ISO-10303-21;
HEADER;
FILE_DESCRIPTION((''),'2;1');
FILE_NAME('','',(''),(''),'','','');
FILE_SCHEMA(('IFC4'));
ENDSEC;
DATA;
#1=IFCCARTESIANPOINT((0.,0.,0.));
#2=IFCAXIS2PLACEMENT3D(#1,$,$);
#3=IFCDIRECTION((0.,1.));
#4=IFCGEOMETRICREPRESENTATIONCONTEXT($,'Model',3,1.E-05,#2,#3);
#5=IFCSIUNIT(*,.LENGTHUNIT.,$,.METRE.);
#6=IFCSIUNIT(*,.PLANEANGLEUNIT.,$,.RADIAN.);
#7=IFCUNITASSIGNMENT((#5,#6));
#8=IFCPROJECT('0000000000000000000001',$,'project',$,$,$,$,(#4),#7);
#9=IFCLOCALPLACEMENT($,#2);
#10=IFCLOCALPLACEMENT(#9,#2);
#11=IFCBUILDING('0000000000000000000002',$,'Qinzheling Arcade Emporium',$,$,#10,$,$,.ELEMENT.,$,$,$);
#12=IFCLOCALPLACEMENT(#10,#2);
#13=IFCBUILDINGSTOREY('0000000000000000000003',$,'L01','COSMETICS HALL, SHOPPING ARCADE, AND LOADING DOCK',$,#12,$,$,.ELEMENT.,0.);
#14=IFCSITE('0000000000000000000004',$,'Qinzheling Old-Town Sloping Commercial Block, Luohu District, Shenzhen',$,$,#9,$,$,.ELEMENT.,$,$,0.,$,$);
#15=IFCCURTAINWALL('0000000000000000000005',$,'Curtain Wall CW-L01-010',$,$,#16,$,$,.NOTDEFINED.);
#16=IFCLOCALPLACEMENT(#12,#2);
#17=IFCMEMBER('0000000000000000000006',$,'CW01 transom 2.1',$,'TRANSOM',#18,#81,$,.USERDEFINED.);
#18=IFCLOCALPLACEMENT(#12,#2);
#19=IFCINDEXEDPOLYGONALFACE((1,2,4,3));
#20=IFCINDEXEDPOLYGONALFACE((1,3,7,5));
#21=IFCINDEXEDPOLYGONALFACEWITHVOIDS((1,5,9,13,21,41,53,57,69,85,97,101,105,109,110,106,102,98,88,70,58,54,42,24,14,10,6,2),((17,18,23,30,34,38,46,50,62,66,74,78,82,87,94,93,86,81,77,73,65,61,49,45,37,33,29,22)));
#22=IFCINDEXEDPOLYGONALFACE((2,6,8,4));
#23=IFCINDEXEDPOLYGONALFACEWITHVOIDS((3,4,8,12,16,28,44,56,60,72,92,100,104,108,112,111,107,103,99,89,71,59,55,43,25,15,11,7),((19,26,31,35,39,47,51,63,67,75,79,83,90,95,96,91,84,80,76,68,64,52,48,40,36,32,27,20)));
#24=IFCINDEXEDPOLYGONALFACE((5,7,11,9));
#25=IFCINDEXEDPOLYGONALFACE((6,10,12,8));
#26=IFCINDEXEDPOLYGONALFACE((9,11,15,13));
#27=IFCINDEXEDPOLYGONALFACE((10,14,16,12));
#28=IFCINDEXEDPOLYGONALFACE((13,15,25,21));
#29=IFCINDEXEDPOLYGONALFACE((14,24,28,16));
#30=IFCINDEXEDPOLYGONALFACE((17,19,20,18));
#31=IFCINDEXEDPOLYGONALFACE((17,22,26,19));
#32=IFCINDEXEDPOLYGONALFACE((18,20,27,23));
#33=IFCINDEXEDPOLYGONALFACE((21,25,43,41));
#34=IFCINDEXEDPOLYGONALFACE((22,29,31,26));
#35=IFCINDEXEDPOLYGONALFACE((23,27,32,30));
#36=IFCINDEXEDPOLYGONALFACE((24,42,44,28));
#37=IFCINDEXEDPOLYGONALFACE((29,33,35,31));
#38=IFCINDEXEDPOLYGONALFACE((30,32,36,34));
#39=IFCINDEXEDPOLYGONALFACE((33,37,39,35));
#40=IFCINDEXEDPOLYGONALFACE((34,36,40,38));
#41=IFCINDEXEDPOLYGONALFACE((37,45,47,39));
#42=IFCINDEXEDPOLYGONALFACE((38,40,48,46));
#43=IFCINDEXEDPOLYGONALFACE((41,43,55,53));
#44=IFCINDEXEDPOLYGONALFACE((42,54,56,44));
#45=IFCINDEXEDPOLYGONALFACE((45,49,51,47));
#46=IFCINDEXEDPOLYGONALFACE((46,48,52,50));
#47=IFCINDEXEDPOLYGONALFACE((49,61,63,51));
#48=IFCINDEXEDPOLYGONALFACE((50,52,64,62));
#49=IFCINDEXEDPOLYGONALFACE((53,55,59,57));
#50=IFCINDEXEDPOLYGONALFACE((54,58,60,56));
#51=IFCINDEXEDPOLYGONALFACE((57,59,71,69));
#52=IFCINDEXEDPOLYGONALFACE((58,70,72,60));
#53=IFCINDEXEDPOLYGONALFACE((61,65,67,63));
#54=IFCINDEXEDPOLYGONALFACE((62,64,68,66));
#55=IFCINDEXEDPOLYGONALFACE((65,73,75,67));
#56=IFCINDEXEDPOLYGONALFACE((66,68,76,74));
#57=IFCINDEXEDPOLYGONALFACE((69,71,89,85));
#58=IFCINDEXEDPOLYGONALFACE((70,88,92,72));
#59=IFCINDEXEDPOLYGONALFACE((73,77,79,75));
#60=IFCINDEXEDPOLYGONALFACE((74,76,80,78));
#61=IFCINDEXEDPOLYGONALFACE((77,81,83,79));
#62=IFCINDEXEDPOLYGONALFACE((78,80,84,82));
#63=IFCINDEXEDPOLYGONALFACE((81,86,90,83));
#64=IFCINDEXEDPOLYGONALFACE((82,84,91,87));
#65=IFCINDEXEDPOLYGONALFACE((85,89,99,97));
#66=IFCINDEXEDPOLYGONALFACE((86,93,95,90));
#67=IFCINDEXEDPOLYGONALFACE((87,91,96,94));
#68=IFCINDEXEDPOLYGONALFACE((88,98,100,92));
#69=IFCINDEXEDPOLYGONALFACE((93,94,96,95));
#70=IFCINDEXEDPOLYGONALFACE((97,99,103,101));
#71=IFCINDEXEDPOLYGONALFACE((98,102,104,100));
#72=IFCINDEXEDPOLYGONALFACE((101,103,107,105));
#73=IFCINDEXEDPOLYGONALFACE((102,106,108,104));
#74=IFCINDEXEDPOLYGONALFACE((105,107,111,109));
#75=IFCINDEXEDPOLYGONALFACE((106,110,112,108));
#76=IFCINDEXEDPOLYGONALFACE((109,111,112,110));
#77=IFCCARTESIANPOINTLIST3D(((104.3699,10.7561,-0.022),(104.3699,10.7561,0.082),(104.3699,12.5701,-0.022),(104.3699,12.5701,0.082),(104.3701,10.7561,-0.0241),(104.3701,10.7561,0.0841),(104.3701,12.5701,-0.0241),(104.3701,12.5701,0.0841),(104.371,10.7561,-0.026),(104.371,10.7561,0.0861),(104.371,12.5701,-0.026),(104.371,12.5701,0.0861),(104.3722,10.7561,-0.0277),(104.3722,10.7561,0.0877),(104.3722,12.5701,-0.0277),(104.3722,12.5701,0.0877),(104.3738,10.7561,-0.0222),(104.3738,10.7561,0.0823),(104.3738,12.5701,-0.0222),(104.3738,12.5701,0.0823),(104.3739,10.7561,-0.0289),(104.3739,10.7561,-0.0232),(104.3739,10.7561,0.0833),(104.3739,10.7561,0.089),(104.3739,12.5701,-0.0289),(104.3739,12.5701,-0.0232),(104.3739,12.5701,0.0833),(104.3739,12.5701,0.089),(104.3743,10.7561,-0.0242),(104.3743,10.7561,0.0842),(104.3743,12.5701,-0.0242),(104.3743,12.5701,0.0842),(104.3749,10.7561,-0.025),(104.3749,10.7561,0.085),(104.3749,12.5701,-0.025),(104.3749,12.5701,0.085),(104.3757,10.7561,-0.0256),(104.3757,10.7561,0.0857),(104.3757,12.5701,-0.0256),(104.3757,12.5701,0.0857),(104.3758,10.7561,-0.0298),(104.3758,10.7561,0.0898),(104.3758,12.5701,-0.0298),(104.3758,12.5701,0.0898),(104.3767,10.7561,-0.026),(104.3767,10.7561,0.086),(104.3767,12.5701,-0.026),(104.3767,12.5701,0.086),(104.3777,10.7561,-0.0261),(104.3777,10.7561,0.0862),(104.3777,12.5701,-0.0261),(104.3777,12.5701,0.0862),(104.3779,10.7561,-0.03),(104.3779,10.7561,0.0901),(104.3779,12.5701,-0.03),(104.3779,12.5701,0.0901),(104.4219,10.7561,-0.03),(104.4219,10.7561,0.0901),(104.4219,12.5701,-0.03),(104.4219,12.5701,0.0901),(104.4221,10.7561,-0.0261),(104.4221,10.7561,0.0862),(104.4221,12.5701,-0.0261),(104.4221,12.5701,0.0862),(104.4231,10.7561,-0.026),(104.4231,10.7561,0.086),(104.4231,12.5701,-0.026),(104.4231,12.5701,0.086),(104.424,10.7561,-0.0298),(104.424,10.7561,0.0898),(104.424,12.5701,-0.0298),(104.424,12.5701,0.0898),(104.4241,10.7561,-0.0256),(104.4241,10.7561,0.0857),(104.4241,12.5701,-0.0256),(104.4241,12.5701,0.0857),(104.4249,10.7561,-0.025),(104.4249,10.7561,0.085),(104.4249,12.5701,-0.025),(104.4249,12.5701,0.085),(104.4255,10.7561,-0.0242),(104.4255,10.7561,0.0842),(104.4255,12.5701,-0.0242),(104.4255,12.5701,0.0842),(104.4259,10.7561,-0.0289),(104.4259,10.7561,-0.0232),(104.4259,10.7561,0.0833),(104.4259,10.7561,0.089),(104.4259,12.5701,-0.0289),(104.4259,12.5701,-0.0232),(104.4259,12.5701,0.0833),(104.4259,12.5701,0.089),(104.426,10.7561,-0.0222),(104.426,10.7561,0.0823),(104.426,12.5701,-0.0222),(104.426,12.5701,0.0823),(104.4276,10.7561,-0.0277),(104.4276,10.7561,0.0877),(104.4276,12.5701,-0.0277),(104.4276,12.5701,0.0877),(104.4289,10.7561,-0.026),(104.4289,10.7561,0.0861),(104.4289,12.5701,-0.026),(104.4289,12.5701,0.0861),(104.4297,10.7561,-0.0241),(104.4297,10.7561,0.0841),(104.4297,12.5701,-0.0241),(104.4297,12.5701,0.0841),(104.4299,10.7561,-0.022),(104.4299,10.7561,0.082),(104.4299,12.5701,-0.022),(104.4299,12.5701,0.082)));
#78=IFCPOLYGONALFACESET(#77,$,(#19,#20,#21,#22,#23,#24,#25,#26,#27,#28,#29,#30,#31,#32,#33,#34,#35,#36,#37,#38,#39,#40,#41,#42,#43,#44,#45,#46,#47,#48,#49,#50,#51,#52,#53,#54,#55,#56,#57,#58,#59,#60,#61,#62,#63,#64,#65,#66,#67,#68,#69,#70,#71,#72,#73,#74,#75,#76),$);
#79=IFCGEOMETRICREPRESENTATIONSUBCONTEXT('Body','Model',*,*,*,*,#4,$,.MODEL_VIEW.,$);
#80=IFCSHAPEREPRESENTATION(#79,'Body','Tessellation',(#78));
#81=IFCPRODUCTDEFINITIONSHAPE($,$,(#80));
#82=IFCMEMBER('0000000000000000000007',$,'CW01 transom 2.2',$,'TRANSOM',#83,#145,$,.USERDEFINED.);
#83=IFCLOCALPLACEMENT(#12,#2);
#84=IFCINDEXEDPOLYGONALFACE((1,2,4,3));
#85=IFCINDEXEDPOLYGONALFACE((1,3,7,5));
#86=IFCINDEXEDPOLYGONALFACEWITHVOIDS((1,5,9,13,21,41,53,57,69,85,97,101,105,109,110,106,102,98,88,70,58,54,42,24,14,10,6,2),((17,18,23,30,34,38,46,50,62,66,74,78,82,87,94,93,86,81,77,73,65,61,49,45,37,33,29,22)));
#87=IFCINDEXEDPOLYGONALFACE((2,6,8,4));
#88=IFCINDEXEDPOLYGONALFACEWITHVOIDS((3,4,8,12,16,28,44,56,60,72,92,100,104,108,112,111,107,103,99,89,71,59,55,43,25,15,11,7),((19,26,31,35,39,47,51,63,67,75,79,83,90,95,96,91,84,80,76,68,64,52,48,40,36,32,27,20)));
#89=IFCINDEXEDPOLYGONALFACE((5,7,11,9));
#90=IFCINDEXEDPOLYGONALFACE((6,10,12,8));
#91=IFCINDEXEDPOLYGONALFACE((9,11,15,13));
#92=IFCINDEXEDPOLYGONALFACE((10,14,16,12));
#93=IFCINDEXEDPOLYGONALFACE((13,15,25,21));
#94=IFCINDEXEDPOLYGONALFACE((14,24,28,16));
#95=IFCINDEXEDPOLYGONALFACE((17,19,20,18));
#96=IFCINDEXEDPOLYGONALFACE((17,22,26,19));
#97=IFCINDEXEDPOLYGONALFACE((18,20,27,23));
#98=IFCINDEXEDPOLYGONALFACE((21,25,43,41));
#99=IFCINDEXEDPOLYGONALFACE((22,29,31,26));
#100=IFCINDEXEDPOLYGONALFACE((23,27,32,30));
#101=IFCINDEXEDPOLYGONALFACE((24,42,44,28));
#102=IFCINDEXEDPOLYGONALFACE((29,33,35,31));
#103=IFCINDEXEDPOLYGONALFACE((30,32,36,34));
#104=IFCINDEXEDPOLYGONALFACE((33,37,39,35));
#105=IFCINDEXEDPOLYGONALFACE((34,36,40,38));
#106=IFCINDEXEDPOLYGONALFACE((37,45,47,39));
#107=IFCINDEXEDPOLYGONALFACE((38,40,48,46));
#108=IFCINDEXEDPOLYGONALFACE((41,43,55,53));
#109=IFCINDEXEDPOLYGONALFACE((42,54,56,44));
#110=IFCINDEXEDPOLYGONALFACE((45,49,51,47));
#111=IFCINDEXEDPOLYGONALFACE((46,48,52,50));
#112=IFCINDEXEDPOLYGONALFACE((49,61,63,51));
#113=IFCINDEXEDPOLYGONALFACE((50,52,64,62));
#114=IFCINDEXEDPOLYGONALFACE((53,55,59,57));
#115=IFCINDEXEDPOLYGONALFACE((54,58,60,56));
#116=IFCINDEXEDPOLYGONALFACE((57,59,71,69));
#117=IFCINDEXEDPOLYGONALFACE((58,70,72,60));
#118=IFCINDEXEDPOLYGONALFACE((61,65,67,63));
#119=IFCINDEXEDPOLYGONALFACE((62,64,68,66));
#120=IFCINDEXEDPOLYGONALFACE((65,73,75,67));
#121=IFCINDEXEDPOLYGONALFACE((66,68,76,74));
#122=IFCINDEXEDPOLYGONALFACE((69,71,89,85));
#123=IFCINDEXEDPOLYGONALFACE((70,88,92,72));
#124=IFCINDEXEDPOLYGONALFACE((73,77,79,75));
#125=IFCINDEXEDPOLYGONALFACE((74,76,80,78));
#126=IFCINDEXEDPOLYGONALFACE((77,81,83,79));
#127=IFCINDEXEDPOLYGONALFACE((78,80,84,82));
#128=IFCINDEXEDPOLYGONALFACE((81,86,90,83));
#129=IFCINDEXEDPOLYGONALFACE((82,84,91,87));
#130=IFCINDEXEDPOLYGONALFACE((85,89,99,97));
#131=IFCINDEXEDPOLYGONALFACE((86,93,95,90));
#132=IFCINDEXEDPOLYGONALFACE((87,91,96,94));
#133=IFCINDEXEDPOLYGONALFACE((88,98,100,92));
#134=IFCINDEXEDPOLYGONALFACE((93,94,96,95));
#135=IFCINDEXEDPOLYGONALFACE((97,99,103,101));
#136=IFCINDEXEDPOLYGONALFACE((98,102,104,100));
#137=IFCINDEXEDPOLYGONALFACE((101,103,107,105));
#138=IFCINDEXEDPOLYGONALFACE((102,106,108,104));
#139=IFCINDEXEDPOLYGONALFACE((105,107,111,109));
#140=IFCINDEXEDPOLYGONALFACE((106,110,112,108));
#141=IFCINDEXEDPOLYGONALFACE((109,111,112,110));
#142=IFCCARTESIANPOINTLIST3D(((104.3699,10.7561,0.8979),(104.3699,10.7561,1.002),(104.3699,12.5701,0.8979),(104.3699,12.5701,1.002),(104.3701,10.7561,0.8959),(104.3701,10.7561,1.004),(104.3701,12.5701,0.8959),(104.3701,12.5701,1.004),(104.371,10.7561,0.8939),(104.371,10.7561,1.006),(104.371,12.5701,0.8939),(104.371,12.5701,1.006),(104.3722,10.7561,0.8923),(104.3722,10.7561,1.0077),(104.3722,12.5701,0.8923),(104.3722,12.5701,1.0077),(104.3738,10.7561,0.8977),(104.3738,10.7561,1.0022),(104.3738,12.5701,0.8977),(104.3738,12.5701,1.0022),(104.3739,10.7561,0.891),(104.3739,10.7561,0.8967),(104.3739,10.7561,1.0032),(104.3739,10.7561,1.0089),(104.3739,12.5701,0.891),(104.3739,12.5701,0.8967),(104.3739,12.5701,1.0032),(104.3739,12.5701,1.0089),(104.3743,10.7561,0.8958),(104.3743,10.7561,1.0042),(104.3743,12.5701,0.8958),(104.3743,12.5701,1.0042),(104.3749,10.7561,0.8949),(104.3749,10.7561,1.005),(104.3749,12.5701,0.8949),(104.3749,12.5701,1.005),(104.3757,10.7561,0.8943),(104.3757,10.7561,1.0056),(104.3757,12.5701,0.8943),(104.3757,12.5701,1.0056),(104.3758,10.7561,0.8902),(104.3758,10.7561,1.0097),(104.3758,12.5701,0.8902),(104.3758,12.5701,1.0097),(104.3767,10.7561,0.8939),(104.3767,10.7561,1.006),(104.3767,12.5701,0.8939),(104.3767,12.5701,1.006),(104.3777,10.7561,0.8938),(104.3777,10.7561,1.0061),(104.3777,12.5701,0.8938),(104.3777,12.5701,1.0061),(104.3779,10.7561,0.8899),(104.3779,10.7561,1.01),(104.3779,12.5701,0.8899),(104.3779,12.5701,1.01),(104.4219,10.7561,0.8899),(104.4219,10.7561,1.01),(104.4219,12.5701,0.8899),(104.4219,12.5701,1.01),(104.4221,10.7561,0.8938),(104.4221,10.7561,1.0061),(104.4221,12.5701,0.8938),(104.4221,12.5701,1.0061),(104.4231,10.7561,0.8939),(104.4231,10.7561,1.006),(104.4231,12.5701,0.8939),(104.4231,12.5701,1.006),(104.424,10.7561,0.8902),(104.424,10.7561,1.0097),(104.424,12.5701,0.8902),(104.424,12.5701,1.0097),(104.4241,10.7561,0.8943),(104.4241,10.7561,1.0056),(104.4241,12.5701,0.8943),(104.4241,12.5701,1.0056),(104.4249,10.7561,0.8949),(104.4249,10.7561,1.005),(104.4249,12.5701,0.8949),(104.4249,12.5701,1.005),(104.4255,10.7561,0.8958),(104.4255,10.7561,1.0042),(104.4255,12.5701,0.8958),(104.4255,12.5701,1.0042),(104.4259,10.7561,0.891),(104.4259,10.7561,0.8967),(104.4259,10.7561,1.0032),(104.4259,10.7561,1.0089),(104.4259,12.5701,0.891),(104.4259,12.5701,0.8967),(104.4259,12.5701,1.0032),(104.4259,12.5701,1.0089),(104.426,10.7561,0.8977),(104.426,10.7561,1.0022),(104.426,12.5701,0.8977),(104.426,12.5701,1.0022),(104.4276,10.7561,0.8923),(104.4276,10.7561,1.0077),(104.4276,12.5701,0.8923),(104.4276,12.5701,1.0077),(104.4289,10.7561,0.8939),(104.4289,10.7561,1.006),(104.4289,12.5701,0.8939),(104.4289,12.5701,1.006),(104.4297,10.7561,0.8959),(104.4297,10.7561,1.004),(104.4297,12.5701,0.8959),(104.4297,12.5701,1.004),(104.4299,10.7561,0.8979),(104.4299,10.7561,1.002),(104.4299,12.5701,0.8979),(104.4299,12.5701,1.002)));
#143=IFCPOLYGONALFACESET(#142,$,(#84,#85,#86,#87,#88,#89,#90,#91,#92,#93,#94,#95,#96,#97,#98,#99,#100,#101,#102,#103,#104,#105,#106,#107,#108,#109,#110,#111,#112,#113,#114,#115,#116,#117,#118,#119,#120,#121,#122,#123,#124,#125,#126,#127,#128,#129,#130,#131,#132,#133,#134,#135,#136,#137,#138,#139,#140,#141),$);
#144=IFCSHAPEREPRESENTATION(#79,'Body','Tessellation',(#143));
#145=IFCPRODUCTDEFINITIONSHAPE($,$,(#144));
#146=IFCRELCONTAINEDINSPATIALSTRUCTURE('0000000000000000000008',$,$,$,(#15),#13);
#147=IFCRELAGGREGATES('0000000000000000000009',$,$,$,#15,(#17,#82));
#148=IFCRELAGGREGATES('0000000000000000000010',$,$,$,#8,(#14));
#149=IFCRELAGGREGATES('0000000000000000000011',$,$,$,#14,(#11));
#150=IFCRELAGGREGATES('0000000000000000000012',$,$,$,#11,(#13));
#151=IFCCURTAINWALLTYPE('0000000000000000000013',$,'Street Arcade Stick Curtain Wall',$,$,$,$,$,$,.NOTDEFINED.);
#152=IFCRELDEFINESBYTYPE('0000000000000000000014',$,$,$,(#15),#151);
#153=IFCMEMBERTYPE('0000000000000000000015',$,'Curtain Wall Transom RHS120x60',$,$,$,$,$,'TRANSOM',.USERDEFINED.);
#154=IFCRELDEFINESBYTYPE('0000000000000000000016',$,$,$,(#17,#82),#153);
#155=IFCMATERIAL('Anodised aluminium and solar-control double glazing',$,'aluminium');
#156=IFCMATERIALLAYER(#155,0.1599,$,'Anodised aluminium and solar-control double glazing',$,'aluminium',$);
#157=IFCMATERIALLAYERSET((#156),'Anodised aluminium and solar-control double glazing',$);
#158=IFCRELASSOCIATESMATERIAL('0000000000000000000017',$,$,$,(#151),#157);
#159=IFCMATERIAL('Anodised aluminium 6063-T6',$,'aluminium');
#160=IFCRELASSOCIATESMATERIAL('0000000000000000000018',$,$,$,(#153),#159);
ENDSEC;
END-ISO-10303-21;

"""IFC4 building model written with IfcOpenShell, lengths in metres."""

from ifc_helpers import new_model, si_unit, direction, frame, origin, origin_2d, place, context, subcontext, project, spatial, hollow_rectangle, extrude, material, layer, layer_set, material_profile, profile_set, type_object, element, aggregate, save


model = new_model("IFC4")

# Units and contexts
model_context = context("Model", 3, precision=1e-05, world=origin(), true_north=direction((0.0, 1.0)))
body_context = subcontext(model_context, "Body", "Model", "MODEL_VIEW")
ifc_project = project(units=[si_unit("LENGTHUNIT", "METRE"), si_unit("PLANEANGLEUNIT", "RADIAN")], contexts=[model_context])

# Site, building, storey
site_placement = place(None, origin())
site = spatial("IfcSite", under=ifc_project, at=site_placement, Name="Qinzheling Old-Town Sloping Commercial Block, Luohu District, Shenzhen", CompositionType="ELEMENT", RefElevation=0.0)
building_placement = place(site_placement, origin())
building = spatial("IfcBuilding", under=site, at=building_placement, Name="Qinzheling Arcade Emporium", CompositionType="ELEMENT")
storey_placement = place(building_placement, origin())
storey = spatial("IfcBuildingStorey", under=building, at=storey_placement, Name="L01", Description="COSMETICS HALL, SHOPPING ARCADE, AND LOADING DOCK", CompositionType="ELEMENT", Elevation=0.0)

# Curtain wall, members
ifc_material_1 = material(Name="Anodised aluminium and solar-control double glazing", Category="aluminium")
ifc_layer_1 = layer(ifc_material_1, 0.1599, Name="Anodised aluminium and solar-control double glazing", Category="aluminium")
ifc_layer_set_1 = layer_set([ifc_layer_1], Name="Anodised aluminium and solar-control double glazing")
curtain_wall_type = type_object("IfcCurtainWallType", Name="Street Arcade Stick Curtain Wall", PredefinedType="NOTDEFINED", material=ifc_layer_set_1)
curtain_wall_placement = place(storey_placement, origin())
curtain_wall = element("IfcCurtainWall", 1, at=curtain_wall_placement, inside=storey, type_object=curtain_wall_type, Name="Curtain Wall CW-L01-010", PredefinedType="NOTDEFINED")
ifc_material_2 = material(Name="Anodised aluminium 6063-T6", Category="aluminium")
ifc_material_profile_1 = material_profile(ifc_material_2, hollow_rectangle(XDim=0.0601, YDim=0.1201, WallThickness=0.0039, InnerFilletRadius=0.0039, OuterFilletRadius=0.0081, at=origin_2d()), Name="RHS 120x60x4", Category="aluminium")
ifc_profile_set_1 = profile_set([ifc_material_profile_1], Name="Anodised aluminium 6063-T6")
member_type_1 = type_object("IfcMemberType", Name="Curtain Wall Transom RHS120x60", ElementType="TRANSOM", PredefinedType="USERDEFINED", material=ifc_profile_set_1)
member_1_placement = place(storey_placement, frame((104.3999, 10.7561, 0.03), z_axis=(0.0, 1.0, 0.0), x_axis=(-1.0, 0.0, 0.0)))
member_1 = element("IfcMember", 2, at=member_1_placement, type_object=member_type_1, Name="CW01 transom 2.1", ObjectType="TRANSOM", PredefinedType="USERDEFINED", context=body_context, shape_type="SweptSolid", body=[
    extrude(hollow_rectangle(XDim=0.0601, YDim=0.1201, WallThickness=0.0039, InnerFilletRadius=0.0039, OuterFilletRadius=0.0081, at=origin_2d()), origin(), (0.0, 0.0, 1.0), 1.814),
])
member_2_placement = place(storey_placement, frame((104.3999, 10.7561, 0.95), z_axis=(0.0, 1.0, 0.0), x_axis=(-1.0, 0.0, 0.0)))
member_2 = element("IfcMember", 3, at=member_2_placement, type_object=member_type_1, Name="CW01 transom 2.2", ObjectType="TRANSOM", PredefinedType="USERDEFINED", context=body_context, shape_type="SweptSolid", body=[
    extrude(hollow_rectangle(XDim=0.0601, YDim=0.1201, WallThickness=0.0039, InnerFilletRadius=0.0039, OuterFilletRadius=0.0081, at=origin_2d()), origin(), (0.0, 0.0, 1.0), 1.814),
])

aggregate(curtain_wall, [member_1, member_2])

save(model, "model.ifc")
